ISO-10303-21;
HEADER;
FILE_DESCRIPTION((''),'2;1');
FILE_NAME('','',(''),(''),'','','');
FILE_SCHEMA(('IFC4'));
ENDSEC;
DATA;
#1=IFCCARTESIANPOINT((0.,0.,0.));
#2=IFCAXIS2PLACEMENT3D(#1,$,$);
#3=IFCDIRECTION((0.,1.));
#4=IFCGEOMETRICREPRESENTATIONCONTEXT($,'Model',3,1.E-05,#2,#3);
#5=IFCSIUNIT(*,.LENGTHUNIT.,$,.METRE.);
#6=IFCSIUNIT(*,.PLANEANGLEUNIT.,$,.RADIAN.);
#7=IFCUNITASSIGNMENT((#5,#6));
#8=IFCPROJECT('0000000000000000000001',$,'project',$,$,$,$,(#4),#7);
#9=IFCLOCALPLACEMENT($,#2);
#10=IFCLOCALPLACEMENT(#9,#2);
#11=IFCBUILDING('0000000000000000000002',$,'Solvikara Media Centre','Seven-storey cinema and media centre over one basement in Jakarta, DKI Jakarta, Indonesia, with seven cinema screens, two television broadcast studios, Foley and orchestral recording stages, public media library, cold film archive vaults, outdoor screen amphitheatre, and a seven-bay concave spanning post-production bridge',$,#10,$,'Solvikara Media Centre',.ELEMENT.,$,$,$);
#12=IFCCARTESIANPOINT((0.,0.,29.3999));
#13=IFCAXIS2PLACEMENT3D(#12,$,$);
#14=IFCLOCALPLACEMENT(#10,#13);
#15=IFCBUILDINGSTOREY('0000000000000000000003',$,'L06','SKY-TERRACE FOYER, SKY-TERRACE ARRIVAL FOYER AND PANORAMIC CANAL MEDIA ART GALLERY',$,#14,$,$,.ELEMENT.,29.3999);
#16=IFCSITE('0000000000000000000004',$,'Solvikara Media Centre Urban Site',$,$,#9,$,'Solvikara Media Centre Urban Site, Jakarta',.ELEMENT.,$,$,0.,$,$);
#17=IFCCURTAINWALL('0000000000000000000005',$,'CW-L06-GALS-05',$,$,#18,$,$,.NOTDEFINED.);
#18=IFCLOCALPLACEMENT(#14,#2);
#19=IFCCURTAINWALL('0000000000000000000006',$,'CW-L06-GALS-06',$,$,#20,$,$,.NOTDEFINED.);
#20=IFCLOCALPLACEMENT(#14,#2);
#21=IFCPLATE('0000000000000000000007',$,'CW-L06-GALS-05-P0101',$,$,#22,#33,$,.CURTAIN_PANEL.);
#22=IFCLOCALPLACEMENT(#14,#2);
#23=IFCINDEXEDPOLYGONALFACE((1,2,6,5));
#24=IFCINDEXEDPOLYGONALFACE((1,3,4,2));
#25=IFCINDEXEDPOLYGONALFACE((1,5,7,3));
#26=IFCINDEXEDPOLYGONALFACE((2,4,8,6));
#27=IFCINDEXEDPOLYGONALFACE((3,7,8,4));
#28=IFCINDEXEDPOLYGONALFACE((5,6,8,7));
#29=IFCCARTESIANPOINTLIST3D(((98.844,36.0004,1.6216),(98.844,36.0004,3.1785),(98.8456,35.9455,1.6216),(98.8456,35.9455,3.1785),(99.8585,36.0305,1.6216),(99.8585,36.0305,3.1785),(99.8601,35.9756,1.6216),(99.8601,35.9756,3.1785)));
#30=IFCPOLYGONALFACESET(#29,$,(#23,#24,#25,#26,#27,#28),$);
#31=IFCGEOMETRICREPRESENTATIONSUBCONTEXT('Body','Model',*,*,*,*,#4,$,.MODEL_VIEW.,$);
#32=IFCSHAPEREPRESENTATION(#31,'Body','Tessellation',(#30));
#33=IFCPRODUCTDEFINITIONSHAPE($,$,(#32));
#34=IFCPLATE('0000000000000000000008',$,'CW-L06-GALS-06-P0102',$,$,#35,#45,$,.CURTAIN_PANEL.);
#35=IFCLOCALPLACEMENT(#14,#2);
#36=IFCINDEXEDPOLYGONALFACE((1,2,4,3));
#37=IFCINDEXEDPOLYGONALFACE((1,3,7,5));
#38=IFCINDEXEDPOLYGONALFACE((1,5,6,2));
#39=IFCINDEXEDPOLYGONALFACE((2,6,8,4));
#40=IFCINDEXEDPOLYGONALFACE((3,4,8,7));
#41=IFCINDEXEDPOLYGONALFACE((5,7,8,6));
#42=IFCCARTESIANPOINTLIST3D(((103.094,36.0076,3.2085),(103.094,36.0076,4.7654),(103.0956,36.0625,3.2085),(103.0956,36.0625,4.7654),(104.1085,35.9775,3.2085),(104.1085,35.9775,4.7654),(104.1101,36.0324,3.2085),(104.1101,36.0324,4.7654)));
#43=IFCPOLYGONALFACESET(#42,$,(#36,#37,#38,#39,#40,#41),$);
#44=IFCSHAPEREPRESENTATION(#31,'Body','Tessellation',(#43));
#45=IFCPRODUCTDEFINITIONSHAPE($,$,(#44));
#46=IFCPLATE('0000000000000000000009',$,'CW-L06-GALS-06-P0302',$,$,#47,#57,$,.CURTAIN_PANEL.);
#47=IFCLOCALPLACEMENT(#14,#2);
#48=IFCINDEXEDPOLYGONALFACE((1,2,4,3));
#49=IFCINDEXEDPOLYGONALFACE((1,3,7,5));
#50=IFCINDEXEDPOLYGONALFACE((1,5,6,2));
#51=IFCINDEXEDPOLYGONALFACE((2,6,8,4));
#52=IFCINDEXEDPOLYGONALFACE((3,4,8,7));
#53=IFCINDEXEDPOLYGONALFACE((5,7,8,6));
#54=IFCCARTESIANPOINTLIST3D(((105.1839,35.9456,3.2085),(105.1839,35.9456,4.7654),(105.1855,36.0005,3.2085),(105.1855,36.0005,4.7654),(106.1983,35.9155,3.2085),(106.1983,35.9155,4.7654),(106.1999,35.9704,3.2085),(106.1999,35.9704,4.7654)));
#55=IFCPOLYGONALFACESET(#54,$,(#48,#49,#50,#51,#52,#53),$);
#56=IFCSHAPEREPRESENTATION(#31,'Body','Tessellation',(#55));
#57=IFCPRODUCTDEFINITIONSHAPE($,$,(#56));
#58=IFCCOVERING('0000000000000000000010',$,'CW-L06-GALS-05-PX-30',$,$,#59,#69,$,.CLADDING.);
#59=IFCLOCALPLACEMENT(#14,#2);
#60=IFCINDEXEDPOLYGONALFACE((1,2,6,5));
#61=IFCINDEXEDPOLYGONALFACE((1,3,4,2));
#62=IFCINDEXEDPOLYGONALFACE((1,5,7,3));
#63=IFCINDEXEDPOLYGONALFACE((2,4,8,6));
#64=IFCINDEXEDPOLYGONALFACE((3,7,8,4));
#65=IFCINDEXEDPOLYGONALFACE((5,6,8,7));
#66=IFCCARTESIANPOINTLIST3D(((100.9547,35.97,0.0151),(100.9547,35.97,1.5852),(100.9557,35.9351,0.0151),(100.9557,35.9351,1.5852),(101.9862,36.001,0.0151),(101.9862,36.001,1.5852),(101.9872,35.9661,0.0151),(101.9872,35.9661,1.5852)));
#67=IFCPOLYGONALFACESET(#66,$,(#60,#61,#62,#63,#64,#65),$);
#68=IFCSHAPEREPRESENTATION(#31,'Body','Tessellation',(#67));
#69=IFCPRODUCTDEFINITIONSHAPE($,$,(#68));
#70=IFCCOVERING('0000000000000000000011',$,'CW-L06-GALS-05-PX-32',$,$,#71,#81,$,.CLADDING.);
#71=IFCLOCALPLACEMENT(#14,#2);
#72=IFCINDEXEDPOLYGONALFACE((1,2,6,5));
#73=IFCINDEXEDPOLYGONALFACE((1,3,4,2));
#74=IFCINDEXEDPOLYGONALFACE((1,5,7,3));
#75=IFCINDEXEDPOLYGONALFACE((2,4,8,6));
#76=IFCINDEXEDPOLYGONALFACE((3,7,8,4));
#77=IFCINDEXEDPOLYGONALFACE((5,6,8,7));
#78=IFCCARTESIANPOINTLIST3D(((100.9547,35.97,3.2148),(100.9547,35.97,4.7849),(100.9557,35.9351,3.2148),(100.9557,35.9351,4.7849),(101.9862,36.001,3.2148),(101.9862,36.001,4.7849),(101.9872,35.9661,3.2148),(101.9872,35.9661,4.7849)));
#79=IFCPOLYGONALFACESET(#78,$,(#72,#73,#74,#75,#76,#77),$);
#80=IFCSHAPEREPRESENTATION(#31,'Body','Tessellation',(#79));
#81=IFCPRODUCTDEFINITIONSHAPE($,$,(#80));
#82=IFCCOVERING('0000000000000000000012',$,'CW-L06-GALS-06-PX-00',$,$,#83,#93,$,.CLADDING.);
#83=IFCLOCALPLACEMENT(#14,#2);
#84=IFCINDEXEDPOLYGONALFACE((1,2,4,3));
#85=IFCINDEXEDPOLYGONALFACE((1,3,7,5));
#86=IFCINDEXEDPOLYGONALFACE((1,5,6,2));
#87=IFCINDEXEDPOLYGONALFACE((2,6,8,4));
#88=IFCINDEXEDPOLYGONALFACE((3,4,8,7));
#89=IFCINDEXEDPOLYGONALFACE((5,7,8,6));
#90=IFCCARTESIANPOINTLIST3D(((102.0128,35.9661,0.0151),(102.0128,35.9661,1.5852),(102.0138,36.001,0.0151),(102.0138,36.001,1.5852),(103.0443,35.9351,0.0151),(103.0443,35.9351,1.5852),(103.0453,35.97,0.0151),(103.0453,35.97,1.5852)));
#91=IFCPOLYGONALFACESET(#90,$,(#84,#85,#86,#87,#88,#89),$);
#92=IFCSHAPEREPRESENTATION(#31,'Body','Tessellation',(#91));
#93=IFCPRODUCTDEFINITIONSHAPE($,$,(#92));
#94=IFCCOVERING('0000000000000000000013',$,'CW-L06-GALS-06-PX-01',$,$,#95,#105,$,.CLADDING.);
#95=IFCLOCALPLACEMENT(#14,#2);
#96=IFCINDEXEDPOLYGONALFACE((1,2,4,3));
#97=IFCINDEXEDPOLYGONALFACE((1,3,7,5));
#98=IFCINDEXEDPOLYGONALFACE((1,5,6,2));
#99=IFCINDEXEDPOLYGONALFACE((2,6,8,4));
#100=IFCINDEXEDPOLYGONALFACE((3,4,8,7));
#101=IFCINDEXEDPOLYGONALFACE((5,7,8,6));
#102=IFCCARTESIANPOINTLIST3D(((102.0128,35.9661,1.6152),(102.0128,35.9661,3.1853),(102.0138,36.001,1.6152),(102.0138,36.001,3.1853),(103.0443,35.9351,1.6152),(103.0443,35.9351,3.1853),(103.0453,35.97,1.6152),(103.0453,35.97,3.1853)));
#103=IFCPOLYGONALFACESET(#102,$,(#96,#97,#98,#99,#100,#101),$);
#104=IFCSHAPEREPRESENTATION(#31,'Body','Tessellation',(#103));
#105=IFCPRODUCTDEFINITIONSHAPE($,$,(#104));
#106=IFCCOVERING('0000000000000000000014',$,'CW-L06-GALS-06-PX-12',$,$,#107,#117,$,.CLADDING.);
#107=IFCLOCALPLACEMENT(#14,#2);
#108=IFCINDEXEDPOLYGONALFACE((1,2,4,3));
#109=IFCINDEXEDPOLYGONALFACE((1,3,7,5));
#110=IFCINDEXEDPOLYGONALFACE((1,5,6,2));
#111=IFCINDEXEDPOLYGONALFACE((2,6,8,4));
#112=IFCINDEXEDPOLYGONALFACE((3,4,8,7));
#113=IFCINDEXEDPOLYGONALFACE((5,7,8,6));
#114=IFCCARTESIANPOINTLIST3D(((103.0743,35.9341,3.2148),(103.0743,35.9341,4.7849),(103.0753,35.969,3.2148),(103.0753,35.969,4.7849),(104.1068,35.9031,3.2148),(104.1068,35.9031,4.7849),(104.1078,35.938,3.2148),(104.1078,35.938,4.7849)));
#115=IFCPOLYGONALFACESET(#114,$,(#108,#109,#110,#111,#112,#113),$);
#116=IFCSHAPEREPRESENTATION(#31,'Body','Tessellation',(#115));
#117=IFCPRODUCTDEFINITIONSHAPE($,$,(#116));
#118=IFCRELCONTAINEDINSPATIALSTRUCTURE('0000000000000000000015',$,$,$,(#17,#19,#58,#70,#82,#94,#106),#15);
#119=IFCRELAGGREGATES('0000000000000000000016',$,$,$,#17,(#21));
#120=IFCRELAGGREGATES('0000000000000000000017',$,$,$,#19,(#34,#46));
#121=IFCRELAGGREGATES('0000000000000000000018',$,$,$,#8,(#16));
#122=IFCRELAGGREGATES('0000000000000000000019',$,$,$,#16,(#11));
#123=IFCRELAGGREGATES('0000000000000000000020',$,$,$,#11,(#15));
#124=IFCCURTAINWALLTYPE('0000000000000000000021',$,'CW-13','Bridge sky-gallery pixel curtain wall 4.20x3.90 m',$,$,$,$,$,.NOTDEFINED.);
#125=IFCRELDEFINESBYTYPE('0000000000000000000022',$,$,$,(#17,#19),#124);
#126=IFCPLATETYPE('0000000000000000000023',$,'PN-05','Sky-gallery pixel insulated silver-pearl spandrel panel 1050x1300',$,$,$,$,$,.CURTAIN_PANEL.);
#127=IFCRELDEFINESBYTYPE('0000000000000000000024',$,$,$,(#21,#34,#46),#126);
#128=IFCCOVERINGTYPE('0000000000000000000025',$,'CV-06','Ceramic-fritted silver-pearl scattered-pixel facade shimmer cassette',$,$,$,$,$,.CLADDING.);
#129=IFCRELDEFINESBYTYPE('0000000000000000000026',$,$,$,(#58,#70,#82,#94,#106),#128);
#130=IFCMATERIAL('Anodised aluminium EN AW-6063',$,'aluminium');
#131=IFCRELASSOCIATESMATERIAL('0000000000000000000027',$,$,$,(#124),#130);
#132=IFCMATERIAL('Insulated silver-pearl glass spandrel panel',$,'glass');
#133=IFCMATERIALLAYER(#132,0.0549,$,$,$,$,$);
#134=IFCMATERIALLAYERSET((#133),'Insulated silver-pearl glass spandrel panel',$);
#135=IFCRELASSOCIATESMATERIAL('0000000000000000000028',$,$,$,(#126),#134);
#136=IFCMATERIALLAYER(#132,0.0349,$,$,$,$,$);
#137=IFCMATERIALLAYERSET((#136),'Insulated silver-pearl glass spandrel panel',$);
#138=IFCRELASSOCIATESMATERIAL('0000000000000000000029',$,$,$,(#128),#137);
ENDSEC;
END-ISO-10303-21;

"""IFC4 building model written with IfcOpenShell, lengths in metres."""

from ifc_helpers import new_model, si_unit, direction, frame, origin, origin_2d, place, context, subcontext, project, spatial, rectangle, extrude, material, layer, layer_set, type_object, element, aggregate, save


model = new_model("IFC4")

# Units and contexts
model_context = context("Model", 3, precision=1e-05, world=origin(), true_north=direction((0.0, 1.0)))
body_context = subcontext(model_context, "Body", "Model", "MODEL_VIEW")
ifc_project = project(units=[si_unit("LENGTHUNIT", "METRE"), si_unit("PLANEANGLEUNIT", "RADIAN")], contexts=[model_context])

# Site, building, storey
site_placement = place(None, origin())
site = spatial("IfcSite", under=ifc_project, at=site_placement, Name="Solvikara Media Centre Urban Site", LongName="Solvikara Media Centre Urban Site, Jakarta", CompositionType="ELEMENT", RefElevation=0.0)
building_placement = place(site_placement, origin())
building = spatial("IfcBuilding", under=site, at=building_placement, Name="Solvikara Media Centre", Description="Seven-storey cinema and media centre over one basement in Jakarta, DKI Jakarta, Indonesia, with seven cinema screens, two television broadcast studios, Foley and orchestral recording stages, public media library, cold film archive vaults, outdoor screen amphitheatre, and a seven-bay concave spanning post-production bridge", LongName="Solvikara Media Centre", CompositionType="ELEMENT")
storey_placement = place(building_placement, frame((0.0, 0.0, 29.3999)))
storey = spatial("IfcBuildingStorey", under=building, at=storey_placement, Name="L06", Description="SKY-TERRACE FOYER, SKY-TERRACE ARRIVAL FOYER AND PANORAMIC CANAL MEDIA ART GALLERY", CompositionType="ELEMENT", Elevation=29.3999)

# Curtain walls
ifc_material_1 = material(Name="Anodised aluminium EN AW-6063", Category="aluminium")
curtain_wall_type = type_object("IfcCurtainWallType", Name="CW-13", Description="Bridge sky-gallery pixel curtain wall 4.20x3.90 m", PredefinedType="NOTDEFINED", material=ifc_material_1)
curtain_wall_1_placement = place(storey_placement, origin())
curtain_wall_1 = element("IfcCurtainWall", 1, at=curtain_wall_1_placement, inside=storey, type_object=curtain_wall_type, Name="CW-L06-GALS-05", PredefinedType="NOTDEFINED")
curtain_wall_2_placement = place(storey_placement, origin())
curtain_wall_2 = element("IfcCurtainWall", 2, at=curtain_wall_2_placement, inside=storey, type_object=curtain_wall_type, Name="CW-L06-GALS-06", PredefinedType="NOTDEFINED")

# Plates
ifc_material_2 = material(Name="Insulated silver-pearl glass spandrel panel", Category="glass")
ifc_layer_1 = layer(ifc_material_2, 0.0549)
ifc_layer_set_1 = layer_set([ifc_layer_1], Name="Insulated silver-pearl glass spandrel panel")
plate_type_1 = type_object("IfcPlateType", Name="PN-05", Description="Sky-gallery pixel insulated silver-pearl spandrel panel 1050x1300", PredefinedType="CURTAIN_PANEL", material=ifc_layer_set_1)
plate_1_placement = place(storey_placement, frame((99.3521, 35.988, 1.6216), z_axis=(0.0, 0.0, 1.0), x_axis=(0.99956, 0.029649, 0.0)))
plate_1 = element("IfcPlate", 3, at=plate_1_placement, type_object=plate_type_1, Name="CW-L06-GALS-05-P0101", PredefinedType="CURTAIN_PANEL", context=body_context, shape_type="SweptSolid", body=[
    extrude(rectangle(XDim=1.0149, YDim=0.0549, at=origin_2d()), origin(), (0.0, 0.0, 1.0), 1.5569),
])
aggregate(curtain_wall_1, [plate_1])
plate_2_placement = place(storey_placement, frame((103.6021, 36.02, 3.2085), z_axis=(0.0, 0.0, 1.0), x_axis=(0.99956, -0.029649, 0.0)))
plate_2 = element("IfcPlate", 4, at=plate_2_placement, type_object=plate_type_1, Name="CW-L06-GALS-06-P0102", PredefinedType="CURTAIN_PANEL", context=body_context, shape_type="SweptSolid", body=[
    extrude(rectangle(XDim=1.0149, YDim=0.0549, at=origin_2d()), origin(), (0.0, 0.0, 1.0), 1.5569),
])
plate_3_placement = place(storey_placement, frame((105.6919, 35.958, 3.2085), z_axis=(0.0, 0.0, 1.0), x_axis=(0.99956, -0.029649, 0.0)))
plate_3 = element("IfcPlate", 5, at=plate_3_placement, type_object=plate_type_1, Name="CW-L06-GALS-06-P0302", PredefinedType="CURTAIN_PANEL", context=body_context, shape_type="SweptSolid", body=[
    extrude(rectangle(XDim=1.0149, YDim=0.0549, at=origin_2d()), origin(), (0.0, 0.0, 1.0), 1.5569),
])
aggregate(curtain_wall_2, [plate_2, plate_3])

# Coverings
ifc_layer_2 = layer(ifc_material_2, 0.0349)
ifc_layer_set_2 = layer_set([ifc_layer_2], Name="Insulated silver-pearl glass spandrel panel")
covering_type = type_object("IfcCoveringType", Name="CV-06", Description="Ceramic-fritted silver-pearl scattered-pixel facade shimmer cassette", PredefinedType="CLADDING", material=ifc_layer_set_2)
for number, where, z_axis, x_axis, name in (
    (6, (101.4709, 35.968, 0.0151), (0.0, 0.0, 1.0), (0.999549, 0.030033, 0.0), "CW-L06-GALS-05-PX-30"),
    (7, (101.4709, 35.968, 3.2148), (0.0, 0.0, 1.0), (0.999549, 0.030033, 0.0), "CW-L06-GALS-05-PX-32"),
    (8, (102.5291, 35.968, 0.0151), (0.0, 0.0, 1.0), (0.999549, -0.030033, 0.0), "CW-L06-GALS-06-PX-00"),
    (9, (102.5291, 35.968, 1.6152), (0.0, 0.0, 1.0), (0.999549, -0.030033, 0.0), "CW-L06-GALS-06-PX-01"),
):
    element("IfcCovering", number, at=place(storey_placement, frame(where, z_axis=z_axis, x_axis=x_axis)), inside=storey, type_object=covering_type, Name=name, PredefinedType="CLADDING", context=body_context, shape_type="SweptSolid", body=[
        extrude(rectangle(XDim=1.032, YDim=0.0349, at=origin_2d()), origin(), (0.0, 0.0, 1.0), 1.5701),
    ])
covering_placement = place(storey_placement, frame((103.5911, 35.936, 3.2148), z_axis=(0.0, 0.0, 1.0), x_axis=(0.99955, -0.029998, 0.0)))
element("IfcCovering", 10, at=covering_placement, inside=storey, type_object=covering_type, Name="CW-L06-GALS-06-PX-12", PredefinedType="CLADDING", context=body_context, shape_type="SweptSolid", body=[
    extrude(rectangle(XDim=1.033, YDim=0.0349, at=origin_2d()), origin(), (0.0, 0.0, 1.0), 1.5701),
])

save(model, "model.ifc")
